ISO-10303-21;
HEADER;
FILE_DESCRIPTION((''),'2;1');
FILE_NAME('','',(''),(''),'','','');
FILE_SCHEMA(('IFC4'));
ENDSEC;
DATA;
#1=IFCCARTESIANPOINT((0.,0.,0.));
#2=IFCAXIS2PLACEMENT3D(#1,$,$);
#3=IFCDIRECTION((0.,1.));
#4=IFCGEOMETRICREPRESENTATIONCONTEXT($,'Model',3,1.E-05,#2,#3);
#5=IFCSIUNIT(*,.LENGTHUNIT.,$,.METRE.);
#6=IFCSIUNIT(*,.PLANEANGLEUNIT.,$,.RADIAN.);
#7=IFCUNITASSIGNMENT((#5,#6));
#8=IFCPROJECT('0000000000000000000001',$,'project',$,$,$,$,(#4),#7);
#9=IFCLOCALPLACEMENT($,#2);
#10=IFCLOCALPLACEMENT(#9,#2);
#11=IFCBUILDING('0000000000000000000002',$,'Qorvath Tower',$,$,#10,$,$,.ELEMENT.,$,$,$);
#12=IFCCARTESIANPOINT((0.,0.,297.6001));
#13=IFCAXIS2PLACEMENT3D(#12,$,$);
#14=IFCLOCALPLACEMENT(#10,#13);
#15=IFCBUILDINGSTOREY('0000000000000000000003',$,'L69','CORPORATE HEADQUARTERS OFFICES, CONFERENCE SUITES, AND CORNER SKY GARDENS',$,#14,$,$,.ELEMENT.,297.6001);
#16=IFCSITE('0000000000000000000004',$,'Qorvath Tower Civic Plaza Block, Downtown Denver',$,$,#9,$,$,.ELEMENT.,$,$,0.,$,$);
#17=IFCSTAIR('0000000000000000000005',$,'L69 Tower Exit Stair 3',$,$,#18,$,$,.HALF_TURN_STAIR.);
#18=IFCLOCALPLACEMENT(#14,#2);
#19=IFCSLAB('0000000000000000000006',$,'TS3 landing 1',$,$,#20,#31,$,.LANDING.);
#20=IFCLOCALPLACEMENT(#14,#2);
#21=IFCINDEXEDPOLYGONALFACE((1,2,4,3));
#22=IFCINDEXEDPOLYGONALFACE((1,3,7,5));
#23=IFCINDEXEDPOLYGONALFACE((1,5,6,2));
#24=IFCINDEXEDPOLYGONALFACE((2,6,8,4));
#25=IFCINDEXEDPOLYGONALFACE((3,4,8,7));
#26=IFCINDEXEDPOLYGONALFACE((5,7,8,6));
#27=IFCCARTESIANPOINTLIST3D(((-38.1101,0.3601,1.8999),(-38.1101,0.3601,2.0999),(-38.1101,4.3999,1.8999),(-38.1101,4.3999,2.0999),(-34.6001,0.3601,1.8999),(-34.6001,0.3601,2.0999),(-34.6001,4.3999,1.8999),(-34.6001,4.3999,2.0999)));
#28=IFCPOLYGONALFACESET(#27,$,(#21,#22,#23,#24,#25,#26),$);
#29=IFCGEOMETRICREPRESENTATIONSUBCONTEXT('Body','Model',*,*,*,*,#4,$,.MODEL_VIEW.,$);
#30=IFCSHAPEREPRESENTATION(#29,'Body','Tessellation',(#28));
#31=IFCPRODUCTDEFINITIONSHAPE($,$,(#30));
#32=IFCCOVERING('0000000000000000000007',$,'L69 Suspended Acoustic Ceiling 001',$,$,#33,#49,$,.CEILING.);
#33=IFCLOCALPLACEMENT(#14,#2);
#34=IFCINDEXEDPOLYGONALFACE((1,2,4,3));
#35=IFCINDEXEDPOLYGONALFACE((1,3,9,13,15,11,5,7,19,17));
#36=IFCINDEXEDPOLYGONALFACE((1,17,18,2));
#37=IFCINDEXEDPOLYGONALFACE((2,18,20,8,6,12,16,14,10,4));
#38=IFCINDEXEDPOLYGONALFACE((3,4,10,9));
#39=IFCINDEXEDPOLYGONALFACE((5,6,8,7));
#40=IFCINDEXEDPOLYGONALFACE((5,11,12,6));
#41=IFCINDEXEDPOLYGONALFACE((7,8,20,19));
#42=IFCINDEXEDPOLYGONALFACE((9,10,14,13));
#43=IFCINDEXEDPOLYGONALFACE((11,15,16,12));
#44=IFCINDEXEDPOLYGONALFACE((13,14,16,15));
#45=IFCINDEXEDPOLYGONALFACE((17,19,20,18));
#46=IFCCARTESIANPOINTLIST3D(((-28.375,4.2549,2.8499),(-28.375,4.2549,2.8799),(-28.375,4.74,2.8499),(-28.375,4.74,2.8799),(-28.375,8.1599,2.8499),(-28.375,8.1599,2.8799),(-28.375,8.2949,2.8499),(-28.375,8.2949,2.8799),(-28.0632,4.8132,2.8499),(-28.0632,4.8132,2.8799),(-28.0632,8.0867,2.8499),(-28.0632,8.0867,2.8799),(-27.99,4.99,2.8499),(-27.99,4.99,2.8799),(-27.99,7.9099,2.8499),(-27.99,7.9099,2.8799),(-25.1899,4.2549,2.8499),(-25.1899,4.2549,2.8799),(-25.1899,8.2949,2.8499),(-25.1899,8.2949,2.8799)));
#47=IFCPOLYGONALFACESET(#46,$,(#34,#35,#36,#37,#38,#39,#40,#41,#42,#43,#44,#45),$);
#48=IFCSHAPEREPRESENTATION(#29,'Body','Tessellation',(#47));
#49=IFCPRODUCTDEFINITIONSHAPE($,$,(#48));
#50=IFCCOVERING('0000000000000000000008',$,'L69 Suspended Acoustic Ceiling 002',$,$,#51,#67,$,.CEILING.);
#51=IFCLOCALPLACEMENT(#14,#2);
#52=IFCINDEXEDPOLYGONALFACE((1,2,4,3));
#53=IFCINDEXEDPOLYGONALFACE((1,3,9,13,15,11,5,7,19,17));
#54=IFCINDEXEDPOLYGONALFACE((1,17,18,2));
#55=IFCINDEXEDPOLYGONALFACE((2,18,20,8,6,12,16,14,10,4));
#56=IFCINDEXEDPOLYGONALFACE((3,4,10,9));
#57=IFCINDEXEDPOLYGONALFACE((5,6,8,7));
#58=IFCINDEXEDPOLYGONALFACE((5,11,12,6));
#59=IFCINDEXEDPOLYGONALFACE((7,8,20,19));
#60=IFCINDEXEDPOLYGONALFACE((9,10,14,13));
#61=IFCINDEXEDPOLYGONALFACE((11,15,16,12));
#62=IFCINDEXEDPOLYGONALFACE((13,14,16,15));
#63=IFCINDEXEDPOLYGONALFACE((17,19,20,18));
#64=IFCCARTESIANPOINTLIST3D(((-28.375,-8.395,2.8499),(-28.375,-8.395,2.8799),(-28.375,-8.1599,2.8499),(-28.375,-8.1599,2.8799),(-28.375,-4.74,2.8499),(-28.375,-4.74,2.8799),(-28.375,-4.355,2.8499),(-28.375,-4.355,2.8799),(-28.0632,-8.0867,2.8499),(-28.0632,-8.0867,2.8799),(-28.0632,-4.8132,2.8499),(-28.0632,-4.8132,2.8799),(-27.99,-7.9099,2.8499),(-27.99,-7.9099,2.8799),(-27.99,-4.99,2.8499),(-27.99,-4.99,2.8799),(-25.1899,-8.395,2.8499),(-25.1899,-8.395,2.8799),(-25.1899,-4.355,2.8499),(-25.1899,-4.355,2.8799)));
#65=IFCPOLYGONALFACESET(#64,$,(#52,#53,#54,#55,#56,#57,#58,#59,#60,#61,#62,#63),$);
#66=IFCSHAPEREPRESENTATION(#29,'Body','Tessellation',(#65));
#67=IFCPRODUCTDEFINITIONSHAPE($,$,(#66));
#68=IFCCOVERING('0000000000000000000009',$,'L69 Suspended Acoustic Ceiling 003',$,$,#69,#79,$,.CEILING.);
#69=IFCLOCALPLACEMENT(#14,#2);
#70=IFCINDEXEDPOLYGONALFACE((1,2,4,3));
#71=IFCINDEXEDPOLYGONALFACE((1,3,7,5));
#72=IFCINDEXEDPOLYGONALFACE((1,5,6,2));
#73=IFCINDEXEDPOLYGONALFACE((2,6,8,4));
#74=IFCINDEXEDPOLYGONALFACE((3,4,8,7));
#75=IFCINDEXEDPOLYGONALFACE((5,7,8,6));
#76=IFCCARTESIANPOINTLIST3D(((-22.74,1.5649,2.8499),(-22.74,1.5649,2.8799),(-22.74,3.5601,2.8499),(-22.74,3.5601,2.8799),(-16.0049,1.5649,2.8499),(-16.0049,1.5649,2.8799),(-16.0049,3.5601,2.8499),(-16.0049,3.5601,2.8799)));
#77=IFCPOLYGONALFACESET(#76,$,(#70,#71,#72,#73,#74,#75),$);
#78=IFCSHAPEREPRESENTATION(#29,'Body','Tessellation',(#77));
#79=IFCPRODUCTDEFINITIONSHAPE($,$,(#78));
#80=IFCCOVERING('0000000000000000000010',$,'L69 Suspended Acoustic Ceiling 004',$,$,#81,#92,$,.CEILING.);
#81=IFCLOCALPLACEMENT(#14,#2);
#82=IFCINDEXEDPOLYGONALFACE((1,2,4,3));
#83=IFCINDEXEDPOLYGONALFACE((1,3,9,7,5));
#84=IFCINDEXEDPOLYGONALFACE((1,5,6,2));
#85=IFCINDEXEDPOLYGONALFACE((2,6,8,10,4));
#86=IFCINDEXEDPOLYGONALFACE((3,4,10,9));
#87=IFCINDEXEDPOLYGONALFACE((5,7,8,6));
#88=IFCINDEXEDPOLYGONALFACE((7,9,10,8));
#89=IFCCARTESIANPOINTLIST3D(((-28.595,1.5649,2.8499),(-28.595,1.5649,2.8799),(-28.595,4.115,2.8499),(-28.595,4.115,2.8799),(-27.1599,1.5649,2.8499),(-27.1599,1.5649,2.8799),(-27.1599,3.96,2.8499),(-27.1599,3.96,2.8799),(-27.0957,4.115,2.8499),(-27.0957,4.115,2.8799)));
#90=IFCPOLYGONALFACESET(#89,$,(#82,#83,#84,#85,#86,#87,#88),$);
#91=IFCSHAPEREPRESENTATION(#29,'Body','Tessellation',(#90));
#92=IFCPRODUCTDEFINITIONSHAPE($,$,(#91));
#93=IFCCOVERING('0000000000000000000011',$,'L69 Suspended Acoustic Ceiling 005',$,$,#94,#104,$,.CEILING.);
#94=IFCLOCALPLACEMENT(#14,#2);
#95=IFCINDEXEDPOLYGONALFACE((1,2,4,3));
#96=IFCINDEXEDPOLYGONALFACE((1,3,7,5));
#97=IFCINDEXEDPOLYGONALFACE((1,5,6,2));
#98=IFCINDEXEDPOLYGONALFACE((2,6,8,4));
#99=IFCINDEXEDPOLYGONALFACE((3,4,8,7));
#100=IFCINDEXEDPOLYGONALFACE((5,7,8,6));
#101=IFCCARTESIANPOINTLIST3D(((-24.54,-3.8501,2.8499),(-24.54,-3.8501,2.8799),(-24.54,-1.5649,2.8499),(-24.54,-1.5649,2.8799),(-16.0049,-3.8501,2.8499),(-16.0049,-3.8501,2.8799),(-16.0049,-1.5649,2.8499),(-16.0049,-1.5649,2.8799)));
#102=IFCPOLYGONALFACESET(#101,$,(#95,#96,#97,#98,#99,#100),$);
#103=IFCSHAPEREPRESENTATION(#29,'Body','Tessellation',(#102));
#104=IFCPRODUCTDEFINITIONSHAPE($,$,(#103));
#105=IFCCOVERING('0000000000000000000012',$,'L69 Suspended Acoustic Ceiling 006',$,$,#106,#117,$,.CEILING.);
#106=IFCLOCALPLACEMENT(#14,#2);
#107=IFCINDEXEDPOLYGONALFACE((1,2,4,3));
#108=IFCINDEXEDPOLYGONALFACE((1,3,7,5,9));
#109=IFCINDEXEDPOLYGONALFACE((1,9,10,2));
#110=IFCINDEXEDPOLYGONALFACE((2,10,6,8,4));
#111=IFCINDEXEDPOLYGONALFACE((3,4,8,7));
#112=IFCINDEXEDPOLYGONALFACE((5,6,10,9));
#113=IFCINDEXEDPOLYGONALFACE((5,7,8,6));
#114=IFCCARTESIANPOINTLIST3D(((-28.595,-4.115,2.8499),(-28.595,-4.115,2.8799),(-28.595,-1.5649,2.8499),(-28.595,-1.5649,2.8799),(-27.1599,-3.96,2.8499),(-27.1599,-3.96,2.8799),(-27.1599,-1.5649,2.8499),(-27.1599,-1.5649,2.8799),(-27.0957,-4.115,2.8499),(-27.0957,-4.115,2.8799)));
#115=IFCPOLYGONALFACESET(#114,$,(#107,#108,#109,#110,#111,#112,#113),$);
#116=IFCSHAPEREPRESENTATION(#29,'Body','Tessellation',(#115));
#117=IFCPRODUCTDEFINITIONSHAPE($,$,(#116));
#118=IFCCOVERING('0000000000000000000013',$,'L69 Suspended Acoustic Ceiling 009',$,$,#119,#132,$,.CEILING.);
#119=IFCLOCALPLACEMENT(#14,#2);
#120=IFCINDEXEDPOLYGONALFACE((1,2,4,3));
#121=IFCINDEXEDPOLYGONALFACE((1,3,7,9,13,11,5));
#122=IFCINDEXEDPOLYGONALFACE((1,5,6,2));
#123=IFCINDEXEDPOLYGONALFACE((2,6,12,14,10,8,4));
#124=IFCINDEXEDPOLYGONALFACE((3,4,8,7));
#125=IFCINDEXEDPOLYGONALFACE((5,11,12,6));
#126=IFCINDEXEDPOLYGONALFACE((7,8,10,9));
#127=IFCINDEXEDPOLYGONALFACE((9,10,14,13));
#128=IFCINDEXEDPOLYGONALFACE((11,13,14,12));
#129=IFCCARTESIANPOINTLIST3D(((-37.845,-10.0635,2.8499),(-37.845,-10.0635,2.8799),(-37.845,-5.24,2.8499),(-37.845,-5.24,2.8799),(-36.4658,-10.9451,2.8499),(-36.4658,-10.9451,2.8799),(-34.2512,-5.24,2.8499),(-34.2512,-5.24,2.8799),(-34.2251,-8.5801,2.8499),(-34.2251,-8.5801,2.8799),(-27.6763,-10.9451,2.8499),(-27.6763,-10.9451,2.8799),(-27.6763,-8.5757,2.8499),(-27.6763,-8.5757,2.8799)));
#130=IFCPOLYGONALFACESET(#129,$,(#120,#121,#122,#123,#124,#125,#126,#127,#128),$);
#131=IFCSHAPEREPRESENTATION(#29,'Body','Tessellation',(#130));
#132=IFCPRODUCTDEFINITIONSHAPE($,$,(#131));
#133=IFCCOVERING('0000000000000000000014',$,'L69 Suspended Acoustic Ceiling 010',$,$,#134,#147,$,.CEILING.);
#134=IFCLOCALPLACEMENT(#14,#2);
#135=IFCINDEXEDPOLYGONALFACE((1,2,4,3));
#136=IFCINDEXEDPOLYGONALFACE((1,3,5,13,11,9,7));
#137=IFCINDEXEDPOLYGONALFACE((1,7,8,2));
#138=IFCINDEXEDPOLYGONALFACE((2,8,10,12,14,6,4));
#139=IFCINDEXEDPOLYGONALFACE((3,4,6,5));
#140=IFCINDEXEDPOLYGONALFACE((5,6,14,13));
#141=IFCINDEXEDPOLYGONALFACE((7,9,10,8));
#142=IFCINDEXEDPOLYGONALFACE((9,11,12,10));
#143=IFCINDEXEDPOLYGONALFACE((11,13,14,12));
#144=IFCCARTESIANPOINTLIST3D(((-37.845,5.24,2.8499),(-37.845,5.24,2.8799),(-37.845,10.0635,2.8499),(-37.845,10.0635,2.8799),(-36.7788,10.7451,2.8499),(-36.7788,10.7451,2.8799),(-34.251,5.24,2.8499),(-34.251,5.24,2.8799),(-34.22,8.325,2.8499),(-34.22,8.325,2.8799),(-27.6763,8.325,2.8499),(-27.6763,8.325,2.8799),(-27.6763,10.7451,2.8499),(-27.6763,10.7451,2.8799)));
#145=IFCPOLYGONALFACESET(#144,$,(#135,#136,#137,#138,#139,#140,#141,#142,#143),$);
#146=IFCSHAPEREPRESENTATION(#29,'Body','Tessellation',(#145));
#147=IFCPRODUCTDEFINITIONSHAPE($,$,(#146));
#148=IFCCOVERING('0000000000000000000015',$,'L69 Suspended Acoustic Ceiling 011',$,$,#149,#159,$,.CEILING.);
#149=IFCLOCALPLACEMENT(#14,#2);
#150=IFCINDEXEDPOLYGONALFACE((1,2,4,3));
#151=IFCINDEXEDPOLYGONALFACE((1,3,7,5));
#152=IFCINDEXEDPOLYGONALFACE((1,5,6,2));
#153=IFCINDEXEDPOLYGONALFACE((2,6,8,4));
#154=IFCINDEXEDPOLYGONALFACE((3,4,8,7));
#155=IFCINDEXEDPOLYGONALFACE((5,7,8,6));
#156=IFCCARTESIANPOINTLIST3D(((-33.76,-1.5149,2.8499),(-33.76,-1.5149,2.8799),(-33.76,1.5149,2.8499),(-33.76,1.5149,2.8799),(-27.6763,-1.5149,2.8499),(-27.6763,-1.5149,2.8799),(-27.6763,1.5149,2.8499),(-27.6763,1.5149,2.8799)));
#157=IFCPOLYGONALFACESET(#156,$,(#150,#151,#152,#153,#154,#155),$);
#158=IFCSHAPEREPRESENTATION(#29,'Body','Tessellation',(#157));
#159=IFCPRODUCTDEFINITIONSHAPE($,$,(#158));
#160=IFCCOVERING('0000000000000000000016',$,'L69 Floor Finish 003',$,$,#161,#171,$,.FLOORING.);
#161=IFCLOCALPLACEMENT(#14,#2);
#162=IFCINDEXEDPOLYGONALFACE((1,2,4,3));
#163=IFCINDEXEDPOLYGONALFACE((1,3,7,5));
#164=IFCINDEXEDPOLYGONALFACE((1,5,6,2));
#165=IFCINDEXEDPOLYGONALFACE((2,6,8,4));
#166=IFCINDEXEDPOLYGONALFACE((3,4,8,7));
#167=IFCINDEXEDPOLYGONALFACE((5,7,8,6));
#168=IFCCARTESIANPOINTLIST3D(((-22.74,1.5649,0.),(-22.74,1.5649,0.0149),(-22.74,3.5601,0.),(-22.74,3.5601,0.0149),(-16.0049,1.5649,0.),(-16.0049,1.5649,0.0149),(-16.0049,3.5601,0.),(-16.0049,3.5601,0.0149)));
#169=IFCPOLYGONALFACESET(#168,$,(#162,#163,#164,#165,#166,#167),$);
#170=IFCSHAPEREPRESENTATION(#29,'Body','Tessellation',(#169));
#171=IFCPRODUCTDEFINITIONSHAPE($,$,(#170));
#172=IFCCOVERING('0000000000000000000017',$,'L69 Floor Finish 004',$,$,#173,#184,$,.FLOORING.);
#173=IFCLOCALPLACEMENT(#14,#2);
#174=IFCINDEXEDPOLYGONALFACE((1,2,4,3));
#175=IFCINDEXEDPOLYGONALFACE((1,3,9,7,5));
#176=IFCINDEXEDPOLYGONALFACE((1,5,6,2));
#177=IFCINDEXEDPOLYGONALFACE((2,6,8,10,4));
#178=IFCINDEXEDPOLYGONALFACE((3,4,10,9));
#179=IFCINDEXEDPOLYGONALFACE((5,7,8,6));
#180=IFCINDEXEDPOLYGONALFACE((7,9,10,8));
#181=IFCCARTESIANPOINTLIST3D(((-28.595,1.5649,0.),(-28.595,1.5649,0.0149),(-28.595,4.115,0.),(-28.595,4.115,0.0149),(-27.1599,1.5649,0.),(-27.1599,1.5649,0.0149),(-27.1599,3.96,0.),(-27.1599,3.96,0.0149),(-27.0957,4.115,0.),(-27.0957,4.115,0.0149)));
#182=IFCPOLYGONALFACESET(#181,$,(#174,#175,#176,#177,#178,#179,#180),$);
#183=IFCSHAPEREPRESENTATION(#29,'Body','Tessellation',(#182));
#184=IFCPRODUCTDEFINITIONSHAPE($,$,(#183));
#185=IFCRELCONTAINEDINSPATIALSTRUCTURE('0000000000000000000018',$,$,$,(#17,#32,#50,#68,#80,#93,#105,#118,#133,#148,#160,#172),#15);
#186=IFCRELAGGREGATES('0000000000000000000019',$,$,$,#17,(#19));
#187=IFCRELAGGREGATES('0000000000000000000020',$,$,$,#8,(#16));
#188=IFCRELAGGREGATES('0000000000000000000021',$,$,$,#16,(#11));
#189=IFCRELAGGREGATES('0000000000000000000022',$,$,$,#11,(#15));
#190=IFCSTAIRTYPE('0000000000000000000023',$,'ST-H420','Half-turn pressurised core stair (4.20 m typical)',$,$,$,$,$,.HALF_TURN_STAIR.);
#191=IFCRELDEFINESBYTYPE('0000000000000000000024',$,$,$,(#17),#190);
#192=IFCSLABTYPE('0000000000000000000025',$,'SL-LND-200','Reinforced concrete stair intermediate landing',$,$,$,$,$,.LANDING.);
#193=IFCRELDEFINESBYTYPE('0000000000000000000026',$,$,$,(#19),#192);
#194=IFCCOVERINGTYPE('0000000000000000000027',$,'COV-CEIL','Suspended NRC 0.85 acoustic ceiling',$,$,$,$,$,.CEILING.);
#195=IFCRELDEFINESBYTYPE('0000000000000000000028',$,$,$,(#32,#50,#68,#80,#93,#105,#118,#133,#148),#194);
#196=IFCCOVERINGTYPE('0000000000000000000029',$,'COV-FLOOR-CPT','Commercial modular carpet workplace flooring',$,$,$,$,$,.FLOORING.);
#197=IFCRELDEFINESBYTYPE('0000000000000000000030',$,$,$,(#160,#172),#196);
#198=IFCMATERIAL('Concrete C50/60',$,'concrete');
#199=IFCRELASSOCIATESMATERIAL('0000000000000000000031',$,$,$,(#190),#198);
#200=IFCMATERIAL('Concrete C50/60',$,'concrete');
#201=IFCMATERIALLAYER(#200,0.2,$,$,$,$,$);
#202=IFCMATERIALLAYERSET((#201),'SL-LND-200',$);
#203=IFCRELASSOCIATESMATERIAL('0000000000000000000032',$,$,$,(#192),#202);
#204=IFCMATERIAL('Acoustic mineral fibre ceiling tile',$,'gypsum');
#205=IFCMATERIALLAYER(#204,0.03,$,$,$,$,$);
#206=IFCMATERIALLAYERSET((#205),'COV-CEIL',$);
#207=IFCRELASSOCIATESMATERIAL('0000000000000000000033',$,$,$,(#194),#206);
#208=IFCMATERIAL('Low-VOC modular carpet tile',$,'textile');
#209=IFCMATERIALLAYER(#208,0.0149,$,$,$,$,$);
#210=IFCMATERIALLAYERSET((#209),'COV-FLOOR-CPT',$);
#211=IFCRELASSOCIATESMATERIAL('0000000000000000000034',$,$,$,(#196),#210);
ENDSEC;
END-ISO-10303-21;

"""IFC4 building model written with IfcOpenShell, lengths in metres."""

from ifc_helpers import new_model, si_unit, direction, frame, origin, place, context, subcontext, project, spatial, polyline, outline, extrude, material, layer, layer_set, type_object, element, aggregate, save


model = new_model("IFC4")

# Units and contexts
model_context = context("Model", 3, precision=1e-05, world=origin(), true_north=direction((0.0, 1.0)))
body_context = subcontext(model_context, "Body", "Model", "MODEL_VIEW")
ifc_project = project(units=[si_unit("LENGTHUNIT", "METRE"), si_unit("PLANEANGLEUNIT", "RADIAN")], contexts=[model_context])

# Site, building, storey
site_placement = place(None, origin())
site = spatial("IfcSite", under=ifc_project, at=site_placement, Name="Qorvath Tower Civic Plaza Block, Downtown Denver", CompositionType="ELEMENT", RefElevation=0.0)
building_placement = place(site_placement, origin())
building = spatial("IfcBuilding", under=site, at=building_placement, Name="Qorvath Tower", CompositionType="ELEMENT")
storey_placement = place(building_placement, frame((0.0, 0.0, 297.6001)))
storey = spatial("IfcBuildingStorey", under=building, at=storey_placement, Name="L69", Description="CORPORATE HEADQUARTERS OFFICES, CONFERENCE SUITES, AND CORNER SKY GARDENS", CompositionType="ELEMENT", Elevation=297.6001)

# Stair, slab
ifc_material_1 = material(Name="Concrete C50/60", Category="concrete")
stair_type = type_object("IfcStairType", Name="ST-H420", Description="Half-turn pressurised core stair (4.20 m typical)", PredefinedType="HALF_TURN_STAIR", material=ifc_material_1)
stair_placement = place(storey_placement, origin())
stair = element("IfcStair", 1, at=stair_placement, inside=storey, type_object=stair_type, Name="L69 Tower Exit Stair 3", PredefinedType="HALF_TURN_STAIR")
ifc_material_2 = material(Name="Concrete C50/60", Category="concrete")
ifc_layer_1 = layer(ifc_material_2, 0.2)
ifc_layer_set_1 = layer_set([ifc_layer_1], Name="SL-LND-200")
slab_type = type_object("IfcSlabType", Name="SL-LND-200", Description="Reinforced concrete stair intermediate landing", PredefinedType="LANDING", material=ifc_layer_set_1)
slab_placement = place(storey_placement, frame((0.0, 0.0, 1.8999)))
slab = element("IfcSlab", 2, at=slab_placement, type_object=slab_type, Name="TS3 landing 1", PredefinedType="LANDING", context=body_context, shape_type="SweptSolid", body=[
    extrude(outline(polyline([(-34.6001, 0.3601), (-34.6001, 4.3999), (-38.1101, 4.3999), (-38.1101, 0.3601), (-34.6001, 0.3601)])), origin(), (0.0, 0.0, 1.0), 0.2),
])
aggregate(stair, [slab])

# Coverings
ifc_material_3 = material(Name="Acoustic mineral fibre ceiling tile", Category="gypsum")
ifc_layer_2 = layer(ifc_material_3, 0.03)
ifc_layer_set_2 = layer_set([ifc_layer_2], Name="COV-CEIL")
covering_type_1 = type_object("IfcCoveringType", Name="COV-CEIL", Description="Suspended NRC 0.85 acoustic ceiling", PredefinedType="CEILING", material=ifc_layer_set_2)
covering_1_placement = place(storey_placement, frame((0.0, 0.0, 2.8499)))
element("IfcCovering", 3, at=covering_1_placement, inside=storey, type_object=covering_type_1, Name="L69 Suspended Acoustic Ceiling 001", PredefinedType="CEILING", context=body_context, shape_type="SweptSolid", body=[
    extrude(outline(polyline([(-25.1899, 4.2549), (-25.1899, 8.2949), (-28.375, 8.2949), (-28.375, 8.1599), (-28.0632, 8.0867), (-27.99, 7.9099), (-27.99, 4.99), (-28.0632, 4.8132), (-28.375, 4.74), (-28.375, 4.2549), (-25.1899, 4.2549)])), origin(), (0.0, 0.0, 1.0), 0.03),
])
covering_2_placement = place(storey_placement, frame((0.0, 0.0, 2.8499)))
element("IfcCovering", 4, at=covering_2_placement, inside=storey, type_object=covering_type_1, Name="L69 Suspended Acoustic Ceiling 002", PredefinedType="CEILING", context=body_context, shape_type="SweptSolid", body=[
    extrude(outline(polyline([(-25.1899, -8.395), (-25.1899, -4.355), (-28.375, -4.355), (-28.375, -4.74), (-28.0632, -4.8132), (-27.99, -4.99), (-27.99, -7.9099), (-28.0632, -8.0867), (-28.375, -8.1599), (-28.375, -8.395), (-25.1899, -8.395)])), origin(), (0.0, 0.0, 1.0), 0.03),
])
covering_3_placement = place(storey_placement, frame((0.0, 0.0, 2.8499)))
element("IfcCovering", 5, at=covering_3_placement, inside=storey, type_object=covering_type_1, Name="L69 Suspended Acoustic Ceiling 003", PredefinedType="CEILING", context=body_context, shape_type="SweptSolid", body=[
    extrude(outline(polyline([(-16.0049, 3.5601), (-22.74, 3.5601), (-22.74, 1.5649), (-16.0049, 1.5649), (-16.0049, 3.5601)])), origin(), (0.0, 0.0, 1.0), 0.03),
])
covering_4_placement = place(storey_placement, frame((0.0, 0.0, 2.8499)))
element("IfcCovering", 6, at=covering_4_placement, inside=storey, type_object=covering_type_1, Name="L69 Suspended Acoustic Ceiling 004", PredefinedType="CEILING", context=body_context, shape_type="SweptSolid", body=[
    extrude(outline(polyline([(-27.1599, 1.5649), (-27.1599, 3.96), (-27.0957, 4.115), (-28.595, 4.115), (-28.595, 1.5649), (-27.1599, 1.5649)])), origin(), (0.0, 0.0, 1.0), 0.03),
])
covering_5_placement = place(storey_placement, frame((0.0, 0.0, 2.8499)))
element("IfcCovering", 7, at=covering_5_placement, inside=storey, type_object=covering_type_1, Name="L69 Suspended Acoustic Ceiling 005", PredefinedType="CEILING", context=body_context, shape_type="SweptSolid", body=[
    extrude(outline(polyline([(-24.54, -1.5649), (-24.54, -3.8501), (-16.0049, -3.8501), (-16.0049, -1.5649), (-24.54, -1.5649)])), origin(), (0.0, 0.0, 1.0), 0.03),
])
covering_6_placement = place(storey_placement, frame((0.0, 0.0, 2.8499)))
element("IfcCovering", 8, at=covering_6_placement, inside=storey, type_object=covering_type_1, Name="L69 Suspended Acoustic Ceiling 006", PredefinedType="CEILING", context=body_context, shape_type="SweptSolid", body=[
    extrude(outline(polyline([(-27.0957, -4.115), (-27.1599, -3.96), (-27.1599, -1.5649), (-28.595, -1.5649), (-28.595, -4.115), (-27.0957, -4.115)])), origin(), (0.0, 0.0, 1.0), 0.03),
])
covering_7_placement = place(storey_placement, frame((0.0, 0.0, 2.8499)))
element("IfcCovering", 9, at=covering_7_placement, inside=storey, type_object=covering_type_1, Name="L69 Suspended Acoustic Ceiling 009", PredefinedType="CEILING", context=body_context, shape_type="SweptSolid", body=[
    extrude(outline(polyline([(-34.2251, -8.5801), (-34.2512, -5.24), (-37.845, -5.24), (-37.845, -10.0635), (-36.4658, -10.9451), (-27.6763, -10.9451), (-27.6763, -8.5757), (-34.2251, -8.5801)])), origin(), (0.0, 0.0, 1.0), 0.03),
])
covering_8_placement = place(storey_placement, frame((0.0, 0.0, 2.8499)))
element("IfcCovering", 10, at=covering_8_placement, inside=storey, type_object=covering_type_1, Name="L69 Suspended Acoustic Ceiling 010", PredefinedType="CEILING", context=body_context, shape_type="SweptSolid", body=[
    extrude(outline(polyline([(-27.6763, 8.325), (-27.6763, 10.7451), (-36.7788, 10.7451), (-37.845, 10.0635), (-37.845, 5.24), (-34.251, 5.24), (-34.22, 8.325), (-27.6763, 8.325)])), origin(), (0.0, 0.0, 1.0), 0.03),
])
covering_9_placement = place(storey_placement, frame((0.0, 0.0, 2.8499)))
element("IfcCovering", 11, at=covering_9_placement, inside=storey, type_object=covering_type_1, Name="L69 Suspended Acoustic Ceiling 011", PredefinedType="CEILING", context=body_context, shape_type="SweptSolid", body=[
    extrude(outline(polyline([(-27.6763, -1.5149), (-27.6763, 1.5149), (-33.76, 1.5149), (-33.76, -1.5149), (-27.6763, -1.5149)])), origin(), (0.0, 0.0, 1.0), 0.03),
])
ifc_material_4 = material(Name="Low-VOC modular carpet tile", Category="textile")
ifc_layer_3 = layer(ifc_material_4, 0.0149)
ifc_layer_set_3 = layer_set([ifc_layer_3], Name="COV-FLOOR-CPT")
covering_type_2 = type_object("IfcCoveringType", Name="COV-FLOOR-CPT", Description="Commercial modular carpet workplace flooring", PredefinedType="FLOORING", material=ifc_layer_set_3)
covering_10_placement = place(storey_placement, origin())
element("IfcCovering", 12, at=covering_10_placement, inside=storey, type_object=covering_type_2, Name="L69 Floor Finish 003", PredefinedType="FLOORING", context=body_context, shape_type="SweptSolid", body=[
    extrude(outline(polyline([(-16.0049, 3.5601), (-22.74, 3.5601), (-22.74, 1.5649), (-16.0049, 1.5649), (-16.0049, 3.5601)])), origin(), (0.0, 0.0, 1.0), 0.0149),
])
covering_11_placement = place(storey_placement, origin())
element("IfcCovering", 13, at=covering_11_placement, inside=storey, type_object=covering_type_2, Name="L69 Floor Finish 004", PredefinedType="FLOORING", context=body_context, shape_type="SweptSolid", body=[
    extrude(outline(polyline([(-27.1599, 1.5649), (-27.1599, 3.96), (-27.0957, 4.115), (-28.595, 4.115), (-28.595, 1.5649), (-27.1599, 1.5649)])), origin(), (0.0, 0.0, 1.0), 0.0149),
])

save(model, "model.ifc")
